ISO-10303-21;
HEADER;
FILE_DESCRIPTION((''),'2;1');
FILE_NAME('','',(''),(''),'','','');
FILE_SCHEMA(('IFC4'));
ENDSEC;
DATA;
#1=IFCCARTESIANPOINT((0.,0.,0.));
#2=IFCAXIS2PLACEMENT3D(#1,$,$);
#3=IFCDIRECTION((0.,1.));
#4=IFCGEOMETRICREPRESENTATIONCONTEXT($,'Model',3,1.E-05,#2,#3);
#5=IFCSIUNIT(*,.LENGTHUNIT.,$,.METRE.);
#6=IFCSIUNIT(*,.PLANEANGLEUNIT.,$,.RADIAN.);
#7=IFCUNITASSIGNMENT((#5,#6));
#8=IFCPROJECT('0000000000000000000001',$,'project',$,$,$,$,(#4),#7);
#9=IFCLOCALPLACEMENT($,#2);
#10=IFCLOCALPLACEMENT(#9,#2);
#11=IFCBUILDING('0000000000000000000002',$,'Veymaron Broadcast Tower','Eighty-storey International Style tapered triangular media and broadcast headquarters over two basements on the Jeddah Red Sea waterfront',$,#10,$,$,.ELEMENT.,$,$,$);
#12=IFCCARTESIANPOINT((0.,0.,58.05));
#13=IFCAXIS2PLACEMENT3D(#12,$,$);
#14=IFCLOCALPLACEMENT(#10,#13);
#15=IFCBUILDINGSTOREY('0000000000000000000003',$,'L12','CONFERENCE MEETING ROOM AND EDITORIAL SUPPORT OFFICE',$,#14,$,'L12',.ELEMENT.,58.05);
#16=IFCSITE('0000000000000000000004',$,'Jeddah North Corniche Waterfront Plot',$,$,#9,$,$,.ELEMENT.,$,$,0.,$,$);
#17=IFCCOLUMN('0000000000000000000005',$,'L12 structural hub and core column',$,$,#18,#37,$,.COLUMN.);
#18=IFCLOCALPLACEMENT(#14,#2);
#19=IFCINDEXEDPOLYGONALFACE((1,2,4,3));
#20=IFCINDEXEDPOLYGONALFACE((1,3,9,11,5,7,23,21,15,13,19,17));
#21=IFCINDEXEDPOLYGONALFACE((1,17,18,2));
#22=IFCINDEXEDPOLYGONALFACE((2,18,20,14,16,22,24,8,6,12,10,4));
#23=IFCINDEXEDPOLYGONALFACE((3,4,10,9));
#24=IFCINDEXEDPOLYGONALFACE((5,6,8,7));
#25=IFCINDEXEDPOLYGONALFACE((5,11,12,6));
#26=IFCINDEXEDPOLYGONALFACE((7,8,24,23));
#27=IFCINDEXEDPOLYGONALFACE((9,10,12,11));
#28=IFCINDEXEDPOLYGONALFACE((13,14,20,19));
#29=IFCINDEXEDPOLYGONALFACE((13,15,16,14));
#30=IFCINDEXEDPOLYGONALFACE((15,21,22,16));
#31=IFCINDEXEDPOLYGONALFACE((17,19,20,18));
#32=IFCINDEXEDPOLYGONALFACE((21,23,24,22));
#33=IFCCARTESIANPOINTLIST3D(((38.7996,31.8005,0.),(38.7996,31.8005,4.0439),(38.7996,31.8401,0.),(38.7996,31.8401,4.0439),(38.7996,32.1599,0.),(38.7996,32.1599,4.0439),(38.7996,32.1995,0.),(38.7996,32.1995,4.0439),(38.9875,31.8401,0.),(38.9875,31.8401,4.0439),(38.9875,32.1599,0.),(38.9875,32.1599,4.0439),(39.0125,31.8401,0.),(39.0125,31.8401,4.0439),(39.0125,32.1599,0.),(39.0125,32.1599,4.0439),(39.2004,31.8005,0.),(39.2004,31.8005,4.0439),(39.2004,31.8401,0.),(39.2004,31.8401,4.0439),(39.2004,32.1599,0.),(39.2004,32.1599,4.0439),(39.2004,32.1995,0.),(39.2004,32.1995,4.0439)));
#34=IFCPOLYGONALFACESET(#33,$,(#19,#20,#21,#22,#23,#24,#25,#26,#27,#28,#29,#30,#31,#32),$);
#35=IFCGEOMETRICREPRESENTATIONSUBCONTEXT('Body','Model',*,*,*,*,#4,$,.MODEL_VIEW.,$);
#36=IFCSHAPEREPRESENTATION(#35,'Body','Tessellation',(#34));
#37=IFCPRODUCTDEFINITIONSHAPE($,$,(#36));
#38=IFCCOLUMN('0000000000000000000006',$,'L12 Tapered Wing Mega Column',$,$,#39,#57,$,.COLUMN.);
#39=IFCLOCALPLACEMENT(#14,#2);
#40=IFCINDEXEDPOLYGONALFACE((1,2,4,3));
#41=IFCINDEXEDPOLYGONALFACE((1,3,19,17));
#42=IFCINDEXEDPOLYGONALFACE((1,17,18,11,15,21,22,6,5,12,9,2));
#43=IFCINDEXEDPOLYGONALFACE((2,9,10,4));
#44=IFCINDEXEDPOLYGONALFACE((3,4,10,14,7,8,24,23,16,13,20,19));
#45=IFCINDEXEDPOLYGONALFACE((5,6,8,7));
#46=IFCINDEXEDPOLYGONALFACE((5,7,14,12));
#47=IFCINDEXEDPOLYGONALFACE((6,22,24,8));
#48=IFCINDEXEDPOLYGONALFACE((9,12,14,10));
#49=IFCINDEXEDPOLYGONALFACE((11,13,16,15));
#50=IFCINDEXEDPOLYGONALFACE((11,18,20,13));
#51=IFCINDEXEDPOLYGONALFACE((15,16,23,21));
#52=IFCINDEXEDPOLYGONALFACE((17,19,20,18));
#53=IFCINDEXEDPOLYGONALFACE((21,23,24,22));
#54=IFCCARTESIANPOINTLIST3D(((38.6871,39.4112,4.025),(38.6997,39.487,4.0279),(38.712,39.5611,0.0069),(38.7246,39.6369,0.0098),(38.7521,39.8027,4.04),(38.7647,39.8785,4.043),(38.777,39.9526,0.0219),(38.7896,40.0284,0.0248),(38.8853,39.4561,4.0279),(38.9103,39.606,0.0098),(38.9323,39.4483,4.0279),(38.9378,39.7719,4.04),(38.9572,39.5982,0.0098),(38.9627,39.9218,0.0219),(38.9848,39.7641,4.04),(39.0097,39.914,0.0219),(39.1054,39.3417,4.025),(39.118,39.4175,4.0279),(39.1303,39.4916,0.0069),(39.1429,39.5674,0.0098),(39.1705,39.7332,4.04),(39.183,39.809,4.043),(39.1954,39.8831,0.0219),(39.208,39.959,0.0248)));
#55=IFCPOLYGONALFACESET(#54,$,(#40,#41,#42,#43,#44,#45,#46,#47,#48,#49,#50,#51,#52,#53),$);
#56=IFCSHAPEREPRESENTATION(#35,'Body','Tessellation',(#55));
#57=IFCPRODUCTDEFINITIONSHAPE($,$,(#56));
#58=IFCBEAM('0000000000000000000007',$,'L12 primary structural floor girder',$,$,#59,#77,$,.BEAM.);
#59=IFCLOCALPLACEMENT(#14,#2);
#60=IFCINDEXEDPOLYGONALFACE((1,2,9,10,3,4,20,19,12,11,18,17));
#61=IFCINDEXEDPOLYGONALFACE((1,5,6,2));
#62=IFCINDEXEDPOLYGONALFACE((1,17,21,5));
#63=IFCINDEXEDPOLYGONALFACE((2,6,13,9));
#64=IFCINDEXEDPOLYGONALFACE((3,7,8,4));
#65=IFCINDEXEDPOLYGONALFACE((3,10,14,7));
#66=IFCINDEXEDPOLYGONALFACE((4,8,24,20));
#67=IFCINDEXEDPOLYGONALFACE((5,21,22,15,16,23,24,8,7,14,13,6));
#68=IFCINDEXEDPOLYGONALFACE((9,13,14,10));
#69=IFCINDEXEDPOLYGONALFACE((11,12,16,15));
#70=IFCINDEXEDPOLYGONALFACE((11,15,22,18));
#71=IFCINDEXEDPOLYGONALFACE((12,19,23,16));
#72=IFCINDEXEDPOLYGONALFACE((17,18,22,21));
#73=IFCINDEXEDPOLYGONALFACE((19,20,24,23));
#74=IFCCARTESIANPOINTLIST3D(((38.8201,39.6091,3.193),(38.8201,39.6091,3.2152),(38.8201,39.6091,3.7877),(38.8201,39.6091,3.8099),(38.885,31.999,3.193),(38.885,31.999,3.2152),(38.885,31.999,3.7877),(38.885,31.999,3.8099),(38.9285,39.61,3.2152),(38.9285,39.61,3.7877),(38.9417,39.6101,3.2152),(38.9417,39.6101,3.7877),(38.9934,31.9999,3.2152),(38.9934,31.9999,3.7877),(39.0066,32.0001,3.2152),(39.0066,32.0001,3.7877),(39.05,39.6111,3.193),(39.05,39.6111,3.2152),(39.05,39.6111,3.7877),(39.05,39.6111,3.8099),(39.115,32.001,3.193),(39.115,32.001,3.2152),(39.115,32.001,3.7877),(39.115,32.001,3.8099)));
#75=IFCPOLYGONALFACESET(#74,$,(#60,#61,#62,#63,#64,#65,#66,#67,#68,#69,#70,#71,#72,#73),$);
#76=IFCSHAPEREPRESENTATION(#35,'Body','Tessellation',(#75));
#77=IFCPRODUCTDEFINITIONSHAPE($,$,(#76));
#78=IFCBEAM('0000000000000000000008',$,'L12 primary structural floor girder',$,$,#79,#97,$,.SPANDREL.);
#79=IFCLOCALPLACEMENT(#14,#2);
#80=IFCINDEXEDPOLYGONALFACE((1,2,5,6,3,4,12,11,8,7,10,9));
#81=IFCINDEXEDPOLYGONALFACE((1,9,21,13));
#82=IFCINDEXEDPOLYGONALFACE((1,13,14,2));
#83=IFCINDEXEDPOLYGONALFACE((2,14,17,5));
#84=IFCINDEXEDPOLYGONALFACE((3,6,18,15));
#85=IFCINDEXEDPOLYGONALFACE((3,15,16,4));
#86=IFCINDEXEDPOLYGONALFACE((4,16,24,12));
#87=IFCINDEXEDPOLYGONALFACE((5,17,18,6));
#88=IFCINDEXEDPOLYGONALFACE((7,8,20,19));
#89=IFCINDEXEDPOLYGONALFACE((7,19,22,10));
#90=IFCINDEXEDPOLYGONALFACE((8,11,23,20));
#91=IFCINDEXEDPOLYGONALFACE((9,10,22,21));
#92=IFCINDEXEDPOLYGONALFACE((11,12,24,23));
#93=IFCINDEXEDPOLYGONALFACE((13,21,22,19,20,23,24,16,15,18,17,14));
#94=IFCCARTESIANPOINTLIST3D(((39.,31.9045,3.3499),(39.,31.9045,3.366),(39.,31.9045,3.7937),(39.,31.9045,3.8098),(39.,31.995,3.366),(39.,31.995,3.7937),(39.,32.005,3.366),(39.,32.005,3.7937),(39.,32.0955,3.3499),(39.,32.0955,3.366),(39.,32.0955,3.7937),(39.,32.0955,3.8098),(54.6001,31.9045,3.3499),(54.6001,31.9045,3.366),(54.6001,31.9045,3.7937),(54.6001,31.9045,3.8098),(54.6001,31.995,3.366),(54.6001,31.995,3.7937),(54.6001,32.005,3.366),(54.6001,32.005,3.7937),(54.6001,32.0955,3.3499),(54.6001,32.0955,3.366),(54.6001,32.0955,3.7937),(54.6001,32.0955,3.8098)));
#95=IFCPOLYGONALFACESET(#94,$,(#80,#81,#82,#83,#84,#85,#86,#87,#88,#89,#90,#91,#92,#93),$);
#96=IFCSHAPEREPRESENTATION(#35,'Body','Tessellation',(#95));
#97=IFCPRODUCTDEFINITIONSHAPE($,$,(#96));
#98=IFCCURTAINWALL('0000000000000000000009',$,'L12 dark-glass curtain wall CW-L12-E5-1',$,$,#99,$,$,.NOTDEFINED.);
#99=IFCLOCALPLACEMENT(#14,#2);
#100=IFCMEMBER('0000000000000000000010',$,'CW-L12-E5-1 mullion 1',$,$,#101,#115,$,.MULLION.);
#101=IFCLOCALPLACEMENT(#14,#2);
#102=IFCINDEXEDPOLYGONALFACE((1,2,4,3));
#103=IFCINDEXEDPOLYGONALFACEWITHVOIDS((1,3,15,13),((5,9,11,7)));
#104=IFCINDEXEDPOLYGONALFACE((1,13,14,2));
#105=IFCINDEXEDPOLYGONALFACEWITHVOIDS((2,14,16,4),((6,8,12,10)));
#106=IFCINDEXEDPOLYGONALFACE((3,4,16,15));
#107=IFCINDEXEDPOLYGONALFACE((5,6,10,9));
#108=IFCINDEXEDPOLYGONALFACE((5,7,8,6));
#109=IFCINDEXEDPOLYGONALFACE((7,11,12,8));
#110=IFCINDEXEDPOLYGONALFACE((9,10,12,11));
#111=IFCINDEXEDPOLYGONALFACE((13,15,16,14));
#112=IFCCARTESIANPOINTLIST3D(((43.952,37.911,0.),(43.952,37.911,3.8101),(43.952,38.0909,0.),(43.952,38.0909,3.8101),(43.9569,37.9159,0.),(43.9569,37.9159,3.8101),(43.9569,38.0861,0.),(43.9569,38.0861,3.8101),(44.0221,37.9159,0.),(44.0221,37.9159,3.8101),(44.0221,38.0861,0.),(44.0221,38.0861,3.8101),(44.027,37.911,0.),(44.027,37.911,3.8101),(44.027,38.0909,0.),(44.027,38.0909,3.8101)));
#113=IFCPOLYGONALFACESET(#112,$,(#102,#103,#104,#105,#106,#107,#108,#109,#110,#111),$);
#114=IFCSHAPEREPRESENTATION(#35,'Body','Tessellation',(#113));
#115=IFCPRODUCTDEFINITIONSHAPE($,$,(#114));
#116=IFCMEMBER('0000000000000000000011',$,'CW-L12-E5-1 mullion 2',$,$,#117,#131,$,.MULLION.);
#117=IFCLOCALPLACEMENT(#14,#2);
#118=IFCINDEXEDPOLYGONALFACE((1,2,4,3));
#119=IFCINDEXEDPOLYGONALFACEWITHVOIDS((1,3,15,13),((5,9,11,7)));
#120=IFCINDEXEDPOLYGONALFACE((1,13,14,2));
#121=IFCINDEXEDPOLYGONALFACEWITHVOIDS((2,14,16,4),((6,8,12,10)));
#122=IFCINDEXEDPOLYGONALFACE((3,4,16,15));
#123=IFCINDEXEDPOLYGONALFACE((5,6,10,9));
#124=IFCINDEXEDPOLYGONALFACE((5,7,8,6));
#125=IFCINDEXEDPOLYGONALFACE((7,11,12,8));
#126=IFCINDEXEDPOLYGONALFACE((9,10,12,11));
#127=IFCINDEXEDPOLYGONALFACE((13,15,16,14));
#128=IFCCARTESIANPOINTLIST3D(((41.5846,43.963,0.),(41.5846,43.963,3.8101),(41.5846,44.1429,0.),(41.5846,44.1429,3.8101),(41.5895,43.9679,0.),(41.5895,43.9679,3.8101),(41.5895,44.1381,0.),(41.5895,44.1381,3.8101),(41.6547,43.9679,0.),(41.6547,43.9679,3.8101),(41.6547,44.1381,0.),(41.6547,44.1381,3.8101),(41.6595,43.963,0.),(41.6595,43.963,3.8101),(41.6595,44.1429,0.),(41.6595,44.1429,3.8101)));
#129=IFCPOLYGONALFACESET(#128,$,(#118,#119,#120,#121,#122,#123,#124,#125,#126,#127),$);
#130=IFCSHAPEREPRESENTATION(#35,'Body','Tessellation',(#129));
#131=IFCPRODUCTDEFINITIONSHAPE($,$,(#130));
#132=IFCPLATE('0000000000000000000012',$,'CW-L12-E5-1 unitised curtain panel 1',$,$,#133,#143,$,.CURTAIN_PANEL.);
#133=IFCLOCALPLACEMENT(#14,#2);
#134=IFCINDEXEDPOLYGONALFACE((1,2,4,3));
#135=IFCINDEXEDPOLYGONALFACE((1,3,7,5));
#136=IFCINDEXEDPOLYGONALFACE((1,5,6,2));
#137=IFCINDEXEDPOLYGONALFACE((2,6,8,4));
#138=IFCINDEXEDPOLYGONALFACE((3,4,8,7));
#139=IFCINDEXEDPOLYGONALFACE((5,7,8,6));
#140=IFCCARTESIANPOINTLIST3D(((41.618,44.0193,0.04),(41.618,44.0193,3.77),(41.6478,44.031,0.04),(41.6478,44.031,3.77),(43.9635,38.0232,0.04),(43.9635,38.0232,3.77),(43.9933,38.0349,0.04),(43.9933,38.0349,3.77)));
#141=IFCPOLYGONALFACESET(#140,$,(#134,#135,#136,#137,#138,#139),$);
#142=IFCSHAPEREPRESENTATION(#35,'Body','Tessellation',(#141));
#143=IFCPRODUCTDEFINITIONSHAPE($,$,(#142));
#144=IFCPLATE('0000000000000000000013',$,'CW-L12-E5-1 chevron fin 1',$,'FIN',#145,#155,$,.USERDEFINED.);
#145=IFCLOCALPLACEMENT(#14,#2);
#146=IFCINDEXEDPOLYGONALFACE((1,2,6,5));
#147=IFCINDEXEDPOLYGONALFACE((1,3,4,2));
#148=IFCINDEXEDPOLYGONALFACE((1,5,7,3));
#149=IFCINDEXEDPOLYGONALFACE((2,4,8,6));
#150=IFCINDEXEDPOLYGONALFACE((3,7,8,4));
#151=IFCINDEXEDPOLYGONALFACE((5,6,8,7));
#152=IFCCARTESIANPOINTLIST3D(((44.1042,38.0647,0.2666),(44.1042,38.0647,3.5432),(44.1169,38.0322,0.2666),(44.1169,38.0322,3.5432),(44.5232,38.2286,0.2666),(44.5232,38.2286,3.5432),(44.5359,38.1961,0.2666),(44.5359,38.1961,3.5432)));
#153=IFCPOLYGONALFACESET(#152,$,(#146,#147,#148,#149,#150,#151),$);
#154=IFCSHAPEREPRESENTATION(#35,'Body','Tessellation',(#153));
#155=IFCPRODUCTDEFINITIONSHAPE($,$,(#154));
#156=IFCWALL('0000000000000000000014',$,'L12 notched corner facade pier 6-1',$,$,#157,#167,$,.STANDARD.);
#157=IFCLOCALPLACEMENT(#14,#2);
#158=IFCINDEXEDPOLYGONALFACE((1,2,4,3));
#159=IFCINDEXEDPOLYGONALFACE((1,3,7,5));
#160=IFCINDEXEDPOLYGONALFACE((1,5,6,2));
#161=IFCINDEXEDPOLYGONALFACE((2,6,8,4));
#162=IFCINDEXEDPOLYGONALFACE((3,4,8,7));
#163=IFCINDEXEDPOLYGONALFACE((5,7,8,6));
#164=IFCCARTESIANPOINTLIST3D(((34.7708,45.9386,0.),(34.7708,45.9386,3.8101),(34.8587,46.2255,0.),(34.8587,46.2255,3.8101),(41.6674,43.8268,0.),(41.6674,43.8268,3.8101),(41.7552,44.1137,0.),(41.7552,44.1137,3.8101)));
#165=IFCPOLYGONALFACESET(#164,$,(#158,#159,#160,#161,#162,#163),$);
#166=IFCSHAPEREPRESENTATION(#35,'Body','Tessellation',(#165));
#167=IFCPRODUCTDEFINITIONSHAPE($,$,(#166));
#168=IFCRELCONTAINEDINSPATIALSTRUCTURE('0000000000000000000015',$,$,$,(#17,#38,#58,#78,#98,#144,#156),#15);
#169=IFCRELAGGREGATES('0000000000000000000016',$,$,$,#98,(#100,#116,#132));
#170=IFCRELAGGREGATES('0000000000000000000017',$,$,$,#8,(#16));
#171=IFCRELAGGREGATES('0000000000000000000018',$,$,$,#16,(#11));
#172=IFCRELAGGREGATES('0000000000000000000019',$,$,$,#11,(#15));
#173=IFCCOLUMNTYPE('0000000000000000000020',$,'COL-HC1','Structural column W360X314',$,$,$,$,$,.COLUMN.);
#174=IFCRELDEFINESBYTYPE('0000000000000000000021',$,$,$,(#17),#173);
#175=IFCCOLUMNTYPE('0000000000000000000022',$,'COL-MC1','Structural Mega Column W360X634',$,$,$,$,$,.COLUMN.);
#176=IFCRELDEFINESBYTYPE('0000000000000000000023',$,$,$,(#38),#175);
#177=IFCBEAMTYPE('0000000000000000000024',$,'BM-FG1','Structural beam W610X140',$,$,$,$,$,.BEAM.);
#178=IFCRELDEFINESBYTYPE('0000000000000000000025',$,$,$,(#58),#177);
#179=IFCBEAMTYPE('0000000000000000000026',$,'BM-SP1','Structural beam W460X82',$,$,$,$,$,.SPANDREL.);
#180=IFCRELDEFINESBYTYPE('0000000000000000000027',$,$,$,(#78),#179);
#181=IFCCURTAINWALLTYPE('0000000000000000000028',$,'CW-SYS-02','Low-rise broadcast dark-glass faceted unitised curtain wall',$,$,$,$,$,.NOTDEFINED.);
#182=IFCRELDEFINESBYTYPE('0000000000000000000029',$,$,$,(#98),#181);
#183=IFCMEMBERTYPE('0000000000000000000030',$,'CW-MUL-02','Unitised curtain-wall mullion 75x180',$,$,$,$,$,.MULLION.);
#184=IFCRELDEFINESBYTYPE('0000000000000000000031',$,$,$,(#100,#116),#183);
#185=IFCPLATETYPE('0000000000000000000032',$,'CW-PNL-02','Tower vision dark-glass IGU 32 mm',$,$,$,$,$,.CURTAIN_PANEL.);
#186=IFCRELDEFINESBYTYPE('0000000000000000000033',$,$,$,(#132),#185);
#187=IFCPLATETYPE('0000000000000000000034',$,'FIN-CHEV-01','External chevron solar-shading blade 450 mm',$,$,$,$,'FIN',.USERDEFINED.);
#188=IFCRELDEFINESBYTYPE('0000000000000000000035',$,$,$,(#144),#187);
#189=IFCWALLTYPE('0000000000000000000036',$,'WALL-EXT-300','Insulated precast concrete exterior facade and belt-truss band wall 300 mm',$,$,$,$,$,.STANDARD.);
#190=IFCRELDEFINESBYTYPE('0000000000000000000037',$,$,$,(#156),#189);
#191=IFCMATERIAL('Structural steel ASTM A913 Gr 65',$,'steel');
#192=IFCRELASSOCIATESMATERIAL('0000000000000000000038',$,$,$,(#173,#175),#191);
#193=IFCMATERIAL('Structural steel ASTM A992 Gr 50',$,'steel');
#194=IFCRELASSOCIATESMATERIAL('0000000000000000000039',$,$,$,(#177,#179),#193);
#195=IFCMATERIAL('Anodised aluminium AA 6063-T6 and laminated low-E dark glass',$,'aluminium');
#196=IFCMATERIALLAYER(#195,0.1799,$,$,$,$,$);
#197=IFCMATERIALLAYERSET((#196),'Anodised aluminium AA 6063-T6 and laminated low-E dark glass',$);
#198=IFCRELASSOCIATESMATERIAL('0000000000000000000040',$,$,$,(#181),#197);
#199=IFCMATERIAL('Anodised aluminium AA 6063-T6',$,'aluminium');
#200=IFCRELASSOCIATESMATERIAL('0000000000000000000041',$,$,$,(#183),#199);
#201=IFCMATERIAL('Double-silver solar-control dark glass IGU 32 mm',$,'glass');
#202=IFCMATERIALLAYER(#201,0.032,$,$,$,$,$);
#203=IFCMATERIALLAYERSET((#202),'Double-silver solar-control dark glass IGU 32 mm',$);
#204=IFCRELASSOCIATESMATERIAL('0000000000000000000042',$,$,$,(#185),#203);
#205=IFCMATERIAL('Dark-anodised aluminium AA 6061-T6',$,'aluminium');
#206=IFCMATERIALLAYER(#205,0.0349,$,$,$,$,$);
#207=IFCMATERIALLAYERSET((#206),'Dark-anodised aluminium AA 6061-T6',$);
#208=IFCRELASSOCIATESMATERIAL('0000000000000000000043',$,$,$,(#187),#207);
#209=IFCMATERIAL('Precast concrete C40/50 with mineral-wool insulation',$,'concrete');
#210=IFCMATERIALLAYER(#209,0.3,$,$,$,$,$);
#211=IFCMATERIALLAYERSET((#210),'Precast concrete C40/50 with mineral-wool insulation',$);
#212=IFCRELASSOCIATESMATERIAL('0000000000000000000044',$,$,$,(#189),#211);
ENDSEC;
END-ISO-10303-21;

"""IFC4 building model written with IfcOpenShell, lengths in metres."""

from ifc_helpers import new_model, si_unit, direction, frame, frame_2d, origin, origin_2d, place, context, subcontext, project, spatial, rectangle, hollow_rectangle, i_section, extrude, material, layer, layer_set, material_profile, profile_set, type_object, element, aggregate, save


model = new_model("IFC4")

# Units and contexts
model_context = context("Model", 3, precision=1e-05, world=origin(), true_north=direction((0.0, 1.0)))
body_context = subcontext(model_context, "Body", "Model", "MODEL_VIEW")
ifc_project = project(units=[si_unit("LENGTHUNIT", "METRE"), si_unit("PLANEANGLEUNIT", "RADIAN")], contexts=[model_context])

# Site, building, storey
site_placement = place(None, origin())
site = spatial("IfcSite", under=ifc_project, at=site_placement, Name="Jeddah North Corniche Waterfront Plot", CompositionType="ELEMENT", RefElevation=0.0)
building_placement = place(site_placement, origin())
building = spatial("IfcBuilding", under=site, at=building_placement, Name="Veymaron Broadcast Tower", Description="Eighty-storey International Style tapered triangular media and broadcast headquarters over two basements on the Jeddah Red Sea waterfront", CompositionType="ELEMENT")
storey_placement = place(building_placement, frame((0.0, 0.0, 58.05)))
storey = spatial("IfcBuildingStorey", under=building, at=storey_placement, Name="L12", Description="CONFERENCE MEETING ROOM AND EDITORIAL SUPPORT OFFICE", LongName="L12", CompositionType="ELEMENT", Elevation=58.05)

# Columns
ifc_material_1 = material(Name="Structural steel ASTM A913 Gr 65", Category="steel")
ifc_material_profile_1 = material_profile(ifc_material_1, i_section(OverallWidth=0.4009, OverallDepth=0.3989, WebThickness=0.0249, FlangeThickness=0.0396, at=origin_2d()), Name="W360X314")
ifc_profile_set_1 = profile_set([ifc_material_profile_1], Name="Structural steel ASTM A913 Gr 65")
column_type_1 = type_object("IfcColumnType", Name="COL-HC1", Description="Structural column W360X314", PredefinedType="COLUMN", material=ifc_profile_set_1)
column_1_placement = place(storey_placement, frame((39.0, 32.0, 0.0), z_axis=(0.0, 0.0, 1.0), x_axis=(1.0, 0.0, 0.0)))
element("IfcColumn", 1, at=column_1_placement, inside=storey, type_object=column_type_1, Name="L12 structural hub and core column", PredefinedType="COLUMN", context=body_context, shape_type="SweptSolid", body=[
    extrude(i_section(OverallWidth=0.4009, OverallDepth=0.3989, WebThickness=0.0249, FlangeThickness=0.0396, at=origin_2d()), origin(), (0.0, 0.0, 1.0), 4.0439),
])
ifc_material_profile_2 = material_profile(ifc_material_1, i_section(OverallWidth=0.4241, OverallDepth=0.4741, WebThickness=0.0476, FlangeThickness=0.0769, at=origin_2d()), Name="W360X634")
ifc_profile_set_2 = profile_set([ifc_material_profile_2], Name="Structural steel ASTM A913 Gr 65")
column_type_2 = type_object("IfcColumnType", Name="COL-MC1", Description="Structural Mega Column W360X634", PredefinedType="COLUMN", material=ifc_profile_set_2)
column_2_placement = place(storey_placement, frame((38.96, 39.76, 0.0159), z_axis=(-0.006193, -0.03728, 0.999286), x_axis=(0.986481, -0.163878, 0.0)))
element("IfcColumn", 2, at=column_2_placement, inside=storey, type_object=column_type_2, Name="L12 Tapered Wing Mega Column", PredefinedType="COLUMN", context=body_context, shape_type="SweptSolid", body=[
    extrude(i_section(OverallWidth=0.4241, OverallDepth=0.4741, WebThickness=0.0476, FlangeThickness=0.0769, at=origin_2d()), origin(), (0.0, 0.0, 1.0), 4.021),
])

# Beams
ifc_material_2 = material(Name="Structural steel ASTM A992 Gr 50", Category="steel")
ifc_material_profile_3 = material_profile(ifc_material_2, i_section(OverallWidth=0.23, OverallDepth=0.6169, WebThickness=0.0132, FlangeThickness=0.0222, at=origin_2d()), Name="W610X140")
ifc_profile_set_3 = profile_set([ifc_material_profile_3], Name="Structural steel ASTM A992 Gr 50")
beam_type_1 = type_object("IfcBeamType", Name="BM-FG1", Description="Structural beam W610X140", PredefinedType="BEAM", material=ifc_profile_set_3)
beam_1_placement = place(storey_placement, frame((39.0, 32.0, 3.5015), z_axis=(-0.008533, 0.999964, 0.0), x_axis=(-0.999964, -0.008533, 0.0)))
element("IfcBeam", 3, at=beam_1_placement, inside=storey, type_object=beam_type_1, Name="L12 primary structural floor girder", PredefinedType="BEAM", context=body_context, shape_type="SweptSolid", body=[
    extrude(i_section(OverallWidth=0.23, OverallDepth=0.6169, WebThickness=0.0132, FlangeThickness=0.0222, at=origin_2d()), origin(), (0.0, 0.0, 1.0), 7.6104),
])
ifc_material_profile_4 = material_profile(ifc_material_2, i_section(OverallWidth=0.1909, OverallDepth=0.46, WebThickness=0.01, FlangeThickness=0.0161, at=origin_2d()), Name="W460X82")
ifc_profile_set_4 = profile_set([ifc_material_profile_4], Name="Structural steel ASTM A992 Gr 50")
beam_type_2 = type_object("IfcBeamType", Name="BM-SP1", Description="Structural beam W460X82", PredefinedType="SPANDREL", material=ifc_profile_set_4)
beam_2_placement = place(storey_placement, frame((39.0, 32.0, 3.5798), z_axis=(1.0, 0.0, 0.0), x_axis=(0.0, 1.0, 0.0)))
element("IfcBeam", 4, at=beam_2_placement, inside=storey, type_object=beam_type_2, Name="L12 primary structural floor girder", PredefinedType="SPANDREL", context=body_context, shape_type="SweptSolid", body=[
    extrude(i_section(OverallWidth=0.1909, OverallDepth=0.46, WebThickness=0.01, FlangeThickness=0.0161, at=origin_2d()), origin(), (0.0, 0.0, 1.0), 15.6001),
])

# Curtain wall, members, plate
ifc_material_3 = material(Name="Anodised aluminium AA 6063-T6 and laminated low-E dark glass", Category="aluminium")
ifc_layer_1 = layer(ifc_material_3, 0.1799)
ifc_layer_set_1 = layer_set([ifc_layer_1], Name="Anodised aluminium AA 6063-T6 and laminated low-E dark glass")
curtain_wall_type = type_object("IfcCurtainWallType", Name="CW-SYS-02", Description="Low-rise broadcast dark-glass faceted unitised curtain wall", PredefinedType="NOTDEFINED", material=ifc_layer_set_1)
curtain_wall_placement = place(storey_placement, origin())
curtain_wall = element("IfcCurtainWall", 5, at=curtain_wall_placement, inside=storey, type_object=curtain_wall_type, Name="L12 dark-glass curtain wall CW-L12-E5-1", PredefinedType="NOTDEFINED")
ifc_material_4 = material(Name="Anodised aluminium AA 6063-T6", Category="aluminium")
ifc_material_profile_5 = material_profile(ifc_material_4, hollow_rectangle(XDim=0.075, YDim=0.1799, WallThickness=0.0049, at=origin_2d()), Name="AL180X75X5")
ifc_profile_set_5 = profile_set([ifc_material_profile_5], Name="Anodised aluminium AA 6063-T6")
member_type = type_object("IfcMemberType", Name="CW-MUL-02", Description="Unitised curtain-wall mullion 75x180", PredefinedType="MULLION", material=ifc_profile_set_5)
member_1_placement = place(storey_placement, frame((43.9895, 38.001, 0.0), z_axis=(0.0, 0.0, 1.0), x_axis=(1.0, 0.0, 0.0)))
member_1 = element("IfcMember", 6, at=member_1_placement, type_object=member_type, Name="CW-L12-E5-1 mullion 1", PredefinedType="MULLION", context=body_context, shape_type="SweptSolid", body=[
    extrude(hollow_rectangle(XDim=0.075, YDim=0.1799, WallThickness=0.0049, at=origin_2d()), origin(), (0.0, 0.0, 1.0), 3.8101),
])
member_2_placement = place(storey_placement, frame((41.6221, 44.053, 0.0), z_axis=(0.0, 0.0, 1.0), x_axis=(1.0, 0.0, 0.0)))
member_2 = element("IfcMember", 7, at=member_2_placement, type_object=member_type, Name="CW-L12-E5-1 mullion 2", PredefinedType="MULLION", context=body_context, shape_type="SweptSolid", body=[
    extrude(hollow_rectangle(XDim=0.075, YDim=0.1799, WallThickness=0.0049, at=origin_2d()), origin(), (0.0, 0.0, 1.0), 3.8101),
])
ifc_material_5 = material(Name="Double-silver solar-control dark glass IGU 32 mm", Category="glass")
ifc_layer_2 = layer(ifc_material_5, 0.032)
ifc_layer_set_2 = layer_set([ifc_layer_2], Name="Double-silver solar-control dark glass IGU 32 mm")
plate_type_1 = type_object("IfcPlateType", Name="CW-PNL-02", Description="Tower vision dark-glass IGU 32 mm", PredefinedType="CURTAIN_PANEL", material=ifc_layer_set_2)
plate_1_placement = place(storey_placement, frame((42.8057, 41.0271, 0.04), z_axis=(0.0, 0.0, 1.0), x_axis=(-0.364292, 0.931285, 0.0)))
plate_1 = element("IfcPlate", 8, at=plate_1_placement, type_object=plate_type_1, Name="CW-L12-E5-1 unitised curtain panel 1", PredefinedType="CURTAIN_PANEL", context=body_context, shape_type="SweptSolid", body=[
    extrude(rectangle(XDim=6.4385, YDim=0.032, at=origin_2d()), origin(), (0.0, 0.0, 1.0), 3.73),
])
aggregate(curtain_wall, [member_1, member_2, plate_1])

# Plate
ifc_material_6 = material(Name="Dark-anodised aluminium AA 6061-T6", Category="aluminium")
ifc_layer_3 = layer(ifc_material_6, 0.0349)
ifc_layer_set_3 = layer_set([ifc_layer_3], Name="Dark-anodised aluminium AA 6061-T6")
plate_type_2 = type_object("IfcPlateType", Name="FIN-CHEV-01", Description="External chevron solar-shading blade 450 mm", ElementType="FIN", PredefinedType="USERDEFINED", material=ifc_layer_set_3)
plate_2_placement = place(storey_placement, frame((44.3201, 38.1304, 0.2666), z_axis=(0.0, 0.0, 1.0), x_axis=(0.931285, 0.364292, 0.0)))
element("IfcPlate", 9, at=plate_2_placement, inside=storey, type_object=plate_type_2, Name="CW-L12-E5-1 chevron fin 1", ObjectType="FIN", PredefinedType="USERDEFINED", context=body_context, shape_type="SweptSolid", body=[
    extrude(rectangle(XDim=0.45, YDim=0.0349, at=origin_2d()), origin(), (0.0, 0.0, 1.0), 3.2766),
])

# Wall
ifc_material_7 = material(Name="Precast concrete C40/50 with mineral-wool insulation", Category="concrete")
ifc_layer_4 = layer(ifc_material_7, 0.3)
ifc_layer_set_4 = layer_set([ifc_layer_4], Name="Precast concrete C40/50 with mineral-wool insulation")
wall_type_1 = type_object("IfcWallType", Name="WALL-EXT-300", Description="Insulated precast concrete exterior facade and belt-truss band wall 300 mm", PredefinedType="STANDARD", material=ifc_layer_set_4)
wall_1_placement = place(storey_placement, frame((41.7114, 43.9702, 0.0), z_axis=(0.0, 0.0, 1.0), x_axis=(-0.956175, 0.292796, 0.0)))
element("IfcWall", 10, at=wall_1_placement, inside=storey, type_object=wall_type_1, Name="L12 notched corner facade pier 6-1", PredefinedType="STANDARD", context=body_context, shape_type="SweptSolid", body=[
    extrude(rectangle(XDim=7.2126, YDim=0.3, at=frame_2d((3.6064, 0.0))), origin(), (0.0, 0.0, 1.0), 3.8101),
])

save(model, "model.ifc")
